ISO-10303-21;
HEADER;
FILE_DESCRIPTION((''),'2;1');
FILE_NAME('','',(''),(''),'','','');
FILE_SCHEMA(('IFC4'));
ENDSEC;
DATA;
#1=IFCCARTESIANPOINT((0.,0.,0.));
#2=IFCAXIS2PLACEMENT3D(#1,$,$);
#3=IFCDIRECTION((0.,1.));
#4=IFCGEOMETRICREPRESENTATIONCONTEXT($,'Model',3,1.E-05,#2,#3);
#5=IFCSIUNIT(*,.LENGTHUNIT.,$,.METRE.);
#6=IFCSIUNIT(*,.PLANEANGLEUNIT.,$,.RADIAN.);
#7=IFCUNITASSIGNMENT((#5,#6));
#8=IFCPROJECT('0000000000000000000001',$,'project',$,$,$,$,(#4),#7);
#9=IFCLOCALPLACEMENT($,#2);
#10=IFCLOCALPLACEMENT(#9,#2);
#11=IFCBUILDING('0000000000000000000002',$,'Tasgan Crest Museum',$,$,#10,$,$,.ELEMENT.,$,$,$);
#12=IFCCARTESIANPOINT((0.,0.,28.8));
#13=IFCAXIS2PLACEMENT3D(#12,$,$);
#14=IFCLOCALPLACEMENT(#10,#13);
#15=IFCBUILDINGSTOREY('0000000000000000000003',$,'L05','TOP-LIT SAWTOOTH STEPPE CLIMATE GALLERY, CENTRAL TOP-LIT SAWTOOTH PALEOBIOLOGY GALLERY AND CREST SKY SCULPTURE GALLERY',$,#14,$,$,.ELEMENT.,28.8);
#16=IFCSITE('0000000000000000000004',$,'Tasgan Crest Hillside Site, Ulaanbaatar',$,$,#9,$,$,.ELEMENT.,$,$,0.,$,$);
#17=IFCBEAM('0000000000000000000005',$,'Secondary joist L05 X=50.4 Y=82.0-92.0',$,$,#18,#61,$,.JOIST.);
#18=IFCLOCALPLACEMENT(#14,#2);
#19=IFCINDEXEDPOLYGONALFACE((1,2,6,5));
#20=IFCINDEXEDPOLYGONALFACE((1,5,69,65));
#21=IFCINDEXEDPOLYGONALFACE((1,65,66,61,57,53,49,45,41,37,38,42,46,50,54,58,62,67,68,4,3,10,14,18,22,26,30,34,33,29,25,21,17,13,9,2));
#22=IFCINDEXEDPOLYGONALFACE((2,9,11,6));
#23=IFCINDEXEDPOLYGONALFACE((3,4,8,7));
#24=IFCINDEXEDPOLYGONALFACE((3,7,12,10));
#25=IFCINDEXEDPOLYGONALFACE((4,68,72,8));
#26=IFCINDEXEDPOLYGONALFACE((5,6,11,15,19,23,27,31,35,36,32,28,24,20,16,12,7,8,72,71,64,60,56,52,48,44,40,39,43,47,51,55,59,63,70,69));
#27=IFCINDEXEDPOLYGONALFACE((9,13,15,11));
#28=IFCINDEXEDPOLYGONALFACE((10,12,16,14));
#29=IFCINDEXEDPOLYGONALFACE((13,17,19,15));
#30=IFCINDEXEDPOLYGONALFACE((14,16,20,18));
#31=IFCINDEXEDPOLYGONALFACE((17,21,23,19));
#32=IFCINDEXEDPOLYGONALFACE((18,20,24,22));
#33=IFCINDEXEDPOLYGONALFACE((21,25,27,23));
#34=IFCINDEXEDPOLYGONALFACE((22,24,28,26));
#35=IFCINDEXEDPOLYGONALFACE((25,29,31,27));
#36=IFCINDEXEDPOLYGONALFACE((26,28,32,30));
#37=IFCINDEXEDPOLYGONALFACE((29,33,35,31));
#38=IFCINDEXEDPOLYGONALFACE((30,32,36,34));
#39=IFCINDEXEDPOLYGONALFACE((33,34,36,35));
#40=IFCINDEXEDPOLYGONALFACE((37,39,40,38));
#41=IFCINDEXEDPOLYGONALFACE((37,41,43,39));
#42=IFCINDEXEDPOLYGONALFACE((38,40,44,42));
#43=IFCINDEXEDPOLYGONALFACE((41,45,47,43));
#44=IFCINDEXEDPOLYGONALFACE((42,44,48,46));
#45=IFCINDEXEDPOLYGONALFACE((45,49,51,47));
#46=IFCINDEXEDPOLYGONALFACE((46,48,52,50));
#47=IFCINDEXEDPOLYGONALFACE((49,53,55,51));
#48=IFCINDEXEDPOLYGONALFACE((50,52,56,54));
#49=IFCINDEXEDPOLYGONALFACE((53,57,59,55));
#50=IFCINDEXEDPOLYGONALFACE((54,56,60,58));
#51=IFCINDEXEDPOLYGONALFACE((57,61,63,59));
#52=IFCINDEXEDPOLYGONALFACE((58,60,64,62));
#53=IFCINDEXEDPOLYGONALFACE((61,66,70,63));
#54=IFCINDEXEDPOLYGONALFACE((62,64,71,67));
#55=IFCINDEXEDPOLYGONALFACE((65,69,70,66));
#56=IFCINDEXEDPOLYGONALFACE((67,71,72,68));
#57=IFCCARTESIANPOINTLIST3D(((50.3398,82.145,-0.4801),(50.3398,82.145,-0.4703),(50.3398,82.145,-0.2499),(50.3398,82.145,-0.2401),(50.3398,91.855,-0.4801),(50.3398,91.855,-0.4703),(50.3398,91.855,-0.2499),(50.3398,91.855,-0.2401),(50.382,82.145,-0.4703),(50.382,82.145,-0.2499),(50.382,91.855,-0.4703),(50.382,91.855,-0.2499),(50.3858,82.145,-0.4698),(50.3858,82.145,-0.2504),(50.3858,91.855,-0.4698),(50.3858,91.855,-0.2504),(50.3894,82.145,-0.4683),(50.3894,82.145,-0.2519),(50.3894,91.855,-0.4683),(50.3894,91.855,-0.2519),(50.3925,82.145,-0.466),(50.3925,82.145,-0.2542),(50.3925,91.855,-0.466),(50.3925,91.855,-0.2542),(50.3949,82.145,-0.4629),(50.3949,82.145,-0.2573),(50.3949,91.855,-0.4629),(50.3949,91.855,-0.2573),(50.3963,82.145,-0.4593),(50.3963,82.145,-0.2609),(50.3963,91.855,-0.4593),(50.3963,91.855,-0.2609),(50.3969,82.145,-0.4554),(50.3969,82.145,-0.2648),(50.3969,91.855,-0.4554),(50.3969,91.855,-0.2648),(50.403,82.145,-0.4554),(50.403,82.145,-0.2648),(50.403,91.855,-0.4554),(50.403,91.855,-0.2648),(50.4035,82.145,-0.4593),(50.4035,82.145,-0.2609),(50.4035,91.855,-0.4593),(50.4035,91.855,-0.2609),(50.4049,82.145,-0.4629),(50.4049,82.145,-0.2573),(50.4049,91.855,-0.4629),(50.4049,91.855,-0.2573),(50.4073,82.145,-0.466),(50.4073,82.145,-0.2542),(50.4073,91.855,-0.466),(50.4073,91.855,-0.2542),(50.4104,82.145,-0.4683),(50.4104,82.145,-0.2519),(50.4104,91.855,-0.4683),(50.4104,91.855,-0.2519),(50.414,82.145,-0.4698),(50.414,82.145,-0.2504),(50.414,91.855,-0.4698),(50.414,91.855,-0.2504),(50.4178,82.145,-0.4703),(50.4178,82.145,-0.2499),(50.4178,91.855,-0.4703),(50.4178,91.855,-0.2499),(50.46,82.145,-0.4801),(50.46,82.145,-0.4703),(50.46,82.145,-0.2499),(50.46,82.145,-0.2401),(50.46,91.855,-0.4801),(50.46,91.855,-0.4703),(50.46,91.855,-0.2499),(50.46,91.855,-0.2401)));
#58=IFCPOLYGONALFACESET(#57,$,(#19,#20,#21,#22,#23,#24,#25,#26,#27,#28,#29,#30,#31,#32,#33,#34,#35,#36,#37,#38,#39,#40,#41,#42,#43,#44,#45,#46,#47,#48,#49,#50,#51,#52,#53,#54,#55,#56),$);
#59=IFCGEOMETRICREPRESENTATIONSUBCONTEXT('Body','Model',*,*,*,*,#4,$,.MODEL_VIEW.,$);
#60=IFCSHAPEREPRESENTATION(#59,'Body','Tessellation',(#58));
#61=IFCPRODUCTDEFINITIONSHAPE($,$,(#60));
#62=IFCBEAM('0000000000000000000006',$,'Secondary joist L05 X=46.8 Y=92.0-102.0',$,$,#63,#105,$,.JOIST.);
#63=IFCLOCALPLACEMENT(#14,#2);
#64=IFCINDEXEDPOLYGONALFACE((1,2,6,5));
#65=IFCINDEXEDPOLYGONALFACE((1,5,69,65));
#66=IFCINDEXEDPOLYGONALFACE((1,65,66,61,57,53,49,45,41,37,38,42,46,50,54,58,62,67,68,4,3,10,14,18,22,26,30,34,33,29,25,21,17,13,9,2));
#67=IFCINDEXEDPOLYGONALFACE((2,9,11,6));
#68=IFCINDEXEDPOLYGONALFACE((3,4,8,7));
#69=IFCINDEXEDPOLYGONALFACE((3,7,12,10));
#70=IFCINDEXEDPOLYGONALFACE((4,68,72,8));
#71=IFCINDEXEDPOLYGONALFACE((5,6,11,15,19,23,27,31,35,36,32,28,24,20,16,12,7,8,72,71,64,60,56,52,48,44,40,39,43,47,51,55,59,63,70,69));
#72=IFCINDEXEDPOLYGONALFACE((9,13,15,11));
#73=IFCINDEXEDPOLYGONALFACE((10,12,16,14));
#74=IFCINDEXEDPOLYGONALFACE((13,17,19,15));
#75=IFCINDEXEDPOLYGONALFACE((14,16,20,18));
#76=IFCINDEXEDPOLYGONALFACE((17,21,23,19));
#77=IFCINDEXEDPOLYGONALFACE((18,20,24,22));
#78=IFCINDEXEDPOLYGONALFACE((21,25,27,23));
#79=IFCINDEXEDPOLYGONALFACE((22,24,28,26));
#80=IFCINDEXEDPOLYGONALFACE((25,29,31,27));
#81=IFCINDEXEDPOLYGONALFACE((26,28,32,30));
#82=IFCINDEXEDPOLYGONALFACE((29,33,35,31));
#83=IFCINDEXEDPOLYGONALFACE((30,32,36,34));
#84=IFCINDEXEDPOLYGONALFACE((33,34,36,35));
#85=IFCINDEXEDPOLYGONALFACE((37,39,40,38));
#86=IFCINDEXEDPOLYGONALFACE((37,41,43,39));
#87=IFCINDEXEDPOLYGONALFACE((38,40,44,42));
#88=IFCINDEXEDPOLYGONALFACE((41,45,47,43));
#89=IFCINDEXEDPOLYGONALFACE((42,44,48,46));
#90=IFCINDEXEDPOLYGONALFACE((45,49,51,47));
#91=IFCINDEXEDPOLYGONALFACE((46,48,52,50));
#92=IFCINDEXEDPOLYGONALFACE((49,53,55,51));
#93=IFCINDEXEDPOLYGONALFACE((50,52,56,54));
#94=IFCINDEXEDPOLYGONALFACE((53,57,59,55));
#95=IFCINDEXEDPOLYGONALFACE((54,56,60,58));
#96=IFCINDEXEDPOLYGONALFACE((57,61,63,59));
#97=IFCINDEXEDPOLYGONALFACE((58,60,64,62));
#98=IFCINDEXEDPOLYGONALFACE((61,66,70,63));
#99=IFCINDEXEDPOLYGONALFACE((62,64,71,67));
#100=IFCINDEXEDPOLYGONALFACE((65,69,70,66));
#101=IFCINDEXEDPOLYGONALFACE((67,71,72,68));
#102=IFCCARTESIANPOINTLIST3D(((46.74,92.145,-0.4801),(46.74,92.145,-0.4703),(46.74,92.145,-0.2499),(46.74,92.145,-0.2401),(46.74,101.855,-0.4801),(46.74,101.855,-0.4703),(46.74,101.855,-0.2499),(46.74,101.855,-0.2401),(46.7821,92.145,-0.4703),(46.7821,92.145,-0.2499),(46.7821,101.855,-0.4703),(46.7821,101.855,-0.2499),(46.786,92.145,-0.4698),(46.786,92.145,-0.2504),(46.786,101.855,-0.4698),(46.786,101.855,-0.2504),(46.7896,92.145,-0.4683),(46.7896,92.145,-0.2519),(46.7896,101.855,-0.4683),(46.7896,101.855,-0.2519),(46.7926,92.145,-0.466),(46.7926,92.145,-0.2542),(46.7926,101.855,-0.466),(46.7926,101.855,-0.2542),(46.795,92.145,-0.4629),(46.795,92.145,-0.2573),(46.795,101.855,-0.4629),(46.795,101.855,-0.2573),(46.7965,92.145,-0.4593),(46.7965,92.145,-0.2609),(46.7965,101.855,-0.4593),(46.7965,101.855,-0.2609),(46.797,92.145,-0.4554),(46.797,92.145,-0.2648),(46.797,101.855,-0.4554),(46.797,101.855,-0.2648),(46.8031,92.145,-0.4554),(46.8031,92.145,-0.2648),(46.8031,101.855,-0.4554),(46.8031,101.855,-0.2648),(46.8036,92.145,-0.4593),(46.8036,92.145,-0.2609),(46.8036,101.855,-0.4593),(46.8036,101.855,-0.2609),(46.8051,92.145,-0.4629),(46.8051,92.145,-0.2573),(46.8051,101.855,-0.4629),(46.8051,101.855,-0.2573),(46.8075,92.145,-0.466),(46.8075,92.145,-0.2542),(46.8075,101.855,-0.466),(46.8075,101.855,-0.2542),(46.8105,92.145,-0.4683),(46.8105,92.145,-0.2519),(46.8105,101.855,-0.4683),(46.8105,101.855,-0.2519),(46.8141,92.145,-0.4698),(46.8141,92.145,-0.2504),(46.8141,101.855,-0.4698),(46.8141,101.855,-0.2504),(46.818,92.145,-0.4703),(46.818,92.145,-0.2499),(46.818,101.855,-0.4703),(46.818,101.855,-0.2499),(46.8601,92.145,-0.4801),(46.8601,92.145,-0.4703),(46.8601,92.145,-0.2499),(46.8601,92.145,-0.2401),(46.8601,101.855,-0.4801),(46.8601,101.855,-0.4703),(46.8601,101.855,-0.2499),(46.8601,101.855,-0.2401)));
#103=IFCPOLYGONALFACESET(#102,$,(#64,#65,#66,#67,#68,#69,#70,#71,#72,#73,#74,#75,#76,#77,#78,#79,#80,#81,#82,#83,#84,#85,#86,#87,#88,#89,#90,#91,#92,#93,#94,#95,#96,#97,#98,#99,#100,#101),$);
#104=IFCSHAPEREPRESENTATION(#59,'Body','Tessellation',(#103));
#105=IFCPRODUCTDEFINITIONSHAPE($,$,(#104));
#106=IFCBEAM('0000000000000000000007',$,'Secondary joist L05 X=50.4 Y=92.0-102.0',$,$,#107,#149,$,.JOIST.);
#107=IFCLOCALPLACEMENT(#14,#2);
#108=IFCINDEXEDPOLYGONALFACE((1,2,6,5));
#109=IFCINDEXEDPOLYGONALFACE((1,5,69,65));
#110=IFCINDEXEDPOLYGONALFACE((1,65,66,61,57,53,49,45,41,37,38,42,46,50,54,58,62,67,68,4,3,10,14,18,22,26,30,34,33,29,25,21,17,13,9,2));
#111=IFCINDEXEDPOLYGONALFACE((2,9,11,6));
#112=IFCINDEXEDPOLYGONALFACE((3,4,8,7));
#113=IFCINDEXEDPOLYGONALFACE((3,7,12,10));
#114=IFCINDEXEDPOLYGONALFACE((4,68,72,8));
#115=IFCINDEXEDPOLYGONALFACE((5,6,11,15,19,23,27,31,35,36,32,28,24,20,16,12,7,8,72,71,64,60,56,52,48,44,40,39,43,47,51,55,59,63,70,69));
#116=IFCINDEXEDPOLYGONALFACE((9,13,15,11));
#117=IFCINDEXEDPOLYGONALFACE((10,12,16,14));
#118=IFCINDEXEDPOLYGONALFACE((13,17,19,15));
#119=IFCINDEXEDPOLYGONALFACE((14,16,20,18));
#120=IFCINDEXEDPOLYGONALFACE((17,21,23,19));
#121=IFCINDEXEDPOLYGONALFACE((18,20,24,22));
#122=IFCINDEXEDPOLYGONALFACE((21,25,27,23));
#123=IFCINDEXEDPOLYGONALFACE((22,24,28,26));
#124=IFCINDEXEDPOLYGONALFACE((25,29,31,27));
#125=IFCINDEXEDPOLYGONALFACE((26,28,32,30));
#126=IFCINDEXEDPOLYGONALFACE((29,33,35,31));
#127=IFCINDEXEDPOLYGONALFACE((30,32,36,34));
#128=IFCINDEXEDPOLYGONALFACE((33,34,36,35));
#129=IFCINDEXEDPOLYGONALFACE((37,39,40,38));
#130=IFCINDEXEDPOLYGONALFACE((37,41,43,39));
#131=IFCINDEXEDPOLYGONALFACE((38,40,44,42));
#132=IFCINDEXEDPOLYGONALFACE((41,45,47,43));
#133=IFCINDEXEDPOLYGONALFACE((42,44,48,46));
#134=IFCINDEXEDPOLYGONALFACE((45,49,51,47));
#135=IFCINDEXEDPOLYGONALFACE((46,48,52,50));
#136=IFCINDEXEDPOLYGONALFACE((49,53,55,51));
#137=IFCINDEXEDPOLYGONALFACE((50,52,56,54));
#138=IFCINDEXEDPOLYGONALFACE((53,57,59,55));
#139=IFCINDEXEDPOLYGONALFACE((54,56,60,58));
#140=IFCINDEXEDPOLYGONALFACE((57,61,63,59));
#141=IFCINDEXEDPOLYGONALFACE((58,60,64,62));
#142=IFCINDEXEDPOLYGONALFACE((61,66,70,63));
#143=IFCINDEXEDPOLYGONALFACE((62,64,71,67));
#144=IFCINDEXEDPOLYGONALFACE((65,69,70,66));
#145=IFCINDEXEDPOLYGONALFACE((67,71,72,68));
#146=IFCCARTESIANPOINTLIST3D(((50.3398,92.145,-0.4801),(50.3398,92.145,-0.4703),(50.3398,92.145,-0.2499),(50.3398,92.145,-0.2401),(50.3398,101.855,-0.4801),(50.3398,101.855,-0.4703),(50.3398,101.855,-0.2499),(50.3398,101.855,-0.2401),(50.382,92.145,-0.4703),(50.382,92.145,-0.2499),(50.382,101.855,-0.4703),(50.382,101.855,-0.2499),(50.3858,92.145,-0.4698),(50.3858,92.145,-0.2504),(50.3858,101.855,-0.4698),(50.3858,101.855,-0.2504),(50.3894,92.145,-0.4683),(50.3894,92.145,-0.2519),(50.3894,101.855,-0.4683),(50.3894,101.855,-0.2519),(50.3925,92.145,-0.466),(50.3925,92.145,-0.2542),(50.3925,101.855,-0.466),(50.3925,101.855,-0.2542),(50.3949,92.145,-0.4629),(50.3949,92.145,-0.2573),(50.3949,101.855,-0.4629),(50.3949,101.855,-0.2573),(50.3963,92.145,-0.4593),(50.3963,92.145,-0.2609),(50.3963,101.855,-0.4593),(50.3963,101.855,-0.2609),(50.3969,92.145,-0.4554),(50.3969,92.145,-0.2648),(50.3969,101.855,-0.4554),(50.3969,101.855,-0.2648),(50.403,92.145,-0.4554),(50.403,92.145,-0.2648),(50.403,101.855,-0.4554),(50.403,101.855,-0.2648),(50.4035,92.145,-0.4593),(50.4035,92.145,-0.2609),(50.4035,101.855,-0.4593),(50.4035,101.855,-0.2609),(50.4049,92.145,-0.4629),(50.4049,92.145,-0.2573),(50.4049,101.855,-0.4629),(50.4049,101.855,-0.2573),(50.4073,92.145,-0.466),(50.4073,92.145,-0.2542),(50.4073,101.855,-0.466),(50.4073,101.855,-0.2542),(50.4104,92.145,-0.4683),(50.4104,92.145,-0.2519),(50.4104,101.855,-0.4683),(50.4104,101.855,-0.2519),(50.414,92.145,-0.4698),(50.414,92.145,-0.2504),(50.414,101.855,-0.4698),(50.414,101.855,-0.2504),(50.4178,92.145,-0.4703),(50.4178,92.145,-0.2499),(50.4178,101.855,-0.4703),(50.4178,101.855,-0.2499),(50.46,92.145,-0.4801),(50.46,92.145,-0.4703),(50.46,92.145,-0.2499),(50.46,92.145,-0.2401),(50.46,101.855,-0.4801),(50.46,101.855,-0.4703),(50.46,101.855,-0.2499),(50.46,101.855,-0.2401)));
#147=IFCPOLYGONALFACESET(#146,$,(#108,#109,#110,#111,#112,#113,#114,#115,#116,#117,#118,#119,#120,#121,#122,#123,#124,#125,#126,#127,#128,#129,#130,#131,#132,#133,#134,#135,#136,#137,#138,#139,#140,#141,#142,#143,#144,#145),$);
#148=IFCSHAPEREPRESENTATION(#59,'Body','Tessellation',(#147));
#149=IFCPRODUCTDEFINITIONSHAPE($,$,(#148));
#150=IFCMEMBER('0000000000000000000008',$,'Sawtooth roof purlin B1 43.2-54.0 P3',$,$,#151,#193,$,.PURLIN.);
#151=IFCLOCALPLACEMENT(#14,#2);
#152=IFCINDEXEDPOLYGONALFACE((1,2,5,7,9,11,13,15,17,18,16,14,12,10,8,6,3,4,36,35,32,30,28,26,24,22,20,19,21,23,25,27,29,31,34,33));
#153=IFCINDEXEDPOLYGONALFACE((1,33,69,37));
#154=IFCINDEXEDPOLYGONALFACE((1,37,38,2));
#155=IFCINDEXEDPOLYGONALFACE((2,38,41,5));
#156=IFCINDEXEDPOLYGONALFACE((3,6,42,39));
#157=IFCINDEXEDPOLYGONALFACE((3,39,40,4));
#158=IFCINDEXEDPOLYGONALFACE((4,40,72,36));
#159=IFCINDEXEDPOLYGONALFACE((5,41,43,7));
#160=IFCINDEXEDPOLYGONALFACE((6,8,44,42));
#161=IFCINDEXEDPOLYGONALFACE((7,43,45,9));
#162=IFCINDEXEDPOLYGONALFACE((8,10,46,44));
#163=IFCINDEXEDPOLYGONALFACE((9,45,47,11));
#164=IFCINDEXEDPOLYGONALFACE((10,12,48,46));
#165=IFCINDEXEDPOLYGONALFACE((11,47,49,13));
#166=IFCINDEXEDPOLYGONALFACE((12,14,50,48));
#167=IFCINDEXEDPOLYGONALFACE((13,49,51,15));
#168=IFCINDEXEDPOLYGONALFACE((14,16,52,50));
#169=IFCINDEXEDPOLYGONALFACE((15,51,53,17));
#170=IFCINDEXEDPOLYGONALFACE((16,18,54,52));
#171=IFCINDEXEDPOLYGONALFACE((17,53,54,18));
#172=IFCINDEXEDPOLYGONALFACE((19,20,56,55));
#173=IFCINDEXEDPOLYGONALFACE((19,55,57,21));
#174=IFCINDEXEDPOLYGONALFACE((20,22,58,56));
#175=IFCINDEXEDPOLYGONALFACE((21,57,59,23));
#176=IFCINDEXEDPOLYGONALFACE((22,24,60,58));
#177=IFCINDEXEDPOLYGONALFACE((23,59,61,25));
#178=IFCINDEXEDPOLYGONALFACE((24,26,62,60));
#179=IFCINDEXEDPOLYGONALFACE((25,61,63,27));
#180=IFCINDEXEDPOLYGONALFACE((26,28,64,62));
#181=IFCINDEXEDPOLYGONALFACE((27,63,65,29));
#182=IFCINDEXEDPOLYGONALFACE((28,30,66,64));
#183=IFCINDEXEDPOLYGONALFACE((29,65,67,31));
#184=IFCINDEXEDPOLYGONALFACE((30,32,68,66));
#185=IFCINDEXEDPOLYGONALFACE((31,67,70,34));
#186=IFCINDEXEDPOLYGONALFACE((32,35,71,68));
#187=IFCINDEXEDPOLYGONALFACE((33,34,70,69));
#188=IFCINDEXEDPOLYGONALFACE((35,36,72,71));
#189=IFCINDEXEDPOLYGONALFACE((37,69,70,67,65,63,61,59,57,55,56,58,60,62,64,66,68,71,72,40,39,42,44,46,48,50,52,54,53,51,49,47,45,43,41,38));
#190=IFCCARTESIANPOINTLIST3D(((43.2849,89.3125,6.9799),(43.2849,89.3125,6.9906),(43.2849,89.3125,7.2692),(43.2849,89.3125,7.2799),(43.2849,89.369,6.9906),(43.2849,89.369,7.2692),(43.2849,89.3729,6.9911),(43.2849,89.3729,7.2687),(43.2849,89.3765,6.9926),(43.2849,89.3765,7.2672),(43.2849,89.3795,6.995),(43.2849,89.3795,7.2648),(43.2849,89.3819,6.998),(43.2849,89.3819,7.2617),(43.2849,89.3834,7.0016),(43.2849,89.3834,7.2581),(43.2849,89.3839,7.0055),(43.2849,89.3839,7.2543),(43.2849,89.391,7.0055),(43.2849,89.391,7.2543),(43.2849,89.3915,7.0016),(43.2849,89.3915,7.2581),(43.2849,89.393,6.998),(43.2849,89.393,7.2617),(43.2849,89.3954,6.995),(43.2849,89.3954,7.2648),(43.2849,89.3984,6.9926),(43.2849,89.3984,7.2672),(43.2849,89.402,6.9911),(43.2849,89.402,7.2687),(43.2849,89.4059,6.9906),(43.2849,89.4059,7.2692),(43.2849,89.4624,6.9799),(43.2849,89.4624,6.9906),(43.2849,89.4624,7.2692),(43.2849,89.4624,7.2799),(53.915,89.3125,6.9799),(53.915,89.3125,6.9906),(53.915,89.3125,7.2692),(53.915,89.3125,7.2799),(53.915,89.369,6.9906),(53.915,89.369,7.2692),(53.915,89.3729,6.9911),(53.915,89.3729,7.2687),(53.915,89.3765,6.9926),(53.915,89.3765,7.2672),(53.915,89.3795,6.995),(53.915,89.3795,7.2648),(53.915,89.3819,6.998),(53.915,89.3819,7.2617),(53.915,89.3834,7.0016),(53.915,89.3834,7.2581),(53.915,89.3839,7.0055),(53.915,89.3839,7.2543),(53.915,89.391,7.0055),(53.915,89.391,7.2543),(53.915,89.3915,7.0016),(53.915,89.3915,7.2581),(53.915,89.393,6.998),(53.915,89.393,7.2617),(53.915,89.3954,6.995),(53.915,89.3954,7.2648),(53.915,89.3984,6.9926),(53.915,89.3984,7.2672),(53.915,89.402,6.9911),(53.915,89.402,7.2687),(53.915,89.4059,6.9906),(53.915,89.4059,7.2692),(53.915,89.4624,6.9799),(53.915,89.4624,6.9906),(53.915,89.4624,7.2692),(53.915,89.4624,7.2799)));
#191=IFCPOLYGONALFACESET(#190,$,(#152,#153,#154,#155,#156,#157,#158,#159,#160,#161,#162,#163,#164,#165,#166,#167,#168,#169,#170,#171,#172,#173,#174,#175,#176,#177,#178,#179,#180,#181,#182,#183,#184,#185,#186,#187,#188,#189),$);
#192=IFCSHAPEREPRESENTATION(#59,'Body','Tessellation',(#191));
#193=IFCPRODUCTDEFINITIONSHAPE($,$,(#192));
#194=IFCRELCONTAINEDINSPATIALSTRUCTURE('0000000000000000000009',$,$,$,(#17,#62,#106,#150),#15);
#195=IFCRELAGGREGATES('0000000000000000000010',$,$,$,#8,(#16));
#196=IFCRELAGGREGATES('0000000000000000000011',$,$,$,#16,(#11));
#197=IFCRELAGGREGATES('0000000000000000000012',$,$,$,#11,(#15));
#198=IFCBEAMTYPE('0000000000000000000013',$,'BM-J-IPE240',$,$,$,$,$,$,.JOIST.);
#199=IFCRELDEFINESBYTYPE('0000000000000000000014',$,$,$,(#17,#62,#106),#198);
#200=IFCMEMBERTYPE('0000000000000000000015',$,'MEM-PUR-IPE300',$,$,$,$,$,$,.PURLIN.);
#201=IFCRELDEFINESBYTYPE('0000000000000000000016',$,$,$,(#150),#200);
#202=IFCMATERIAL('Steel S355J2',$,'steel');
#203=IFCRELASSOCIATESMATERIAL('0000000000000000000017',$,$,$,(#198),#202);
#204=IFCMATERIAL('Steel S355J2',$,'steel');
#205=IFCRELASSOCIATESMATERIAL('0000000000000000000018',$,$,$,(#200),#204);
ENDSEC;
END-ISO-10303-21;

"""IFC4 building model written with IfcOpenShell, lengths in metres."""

from ifc_helpers import new_model, si_unit, direction, frame, origin, origin_2d, place, context, subcontext, project, spatial, i_section, extrude, material, material_profile, profile_set, type_object, element, save


model = new_model("IFC4")

# Units and contexts
model_context = context("Model", 3, precision=1e-05, world=origin(), true_north=direction((0.0, 1.0)))
body_context = subcontext(model_context, "Body", "Model", "MODEL_VIEW")
ifc_project = project(units=[si_unit("LENGTHUNIT", "METRE"), si_unit("PLANEANGLEUNIT", "RADIAN")], contexts=[model_context])

# Site, building, storey
site_placement = place(None, origin())
site = spatial("IfcSite", under=ifc_project, at=site_placement, Name="Tasgan Crest Hillside Site, Ulaanbaatar", CompositionType="ELEMENT", RefElevation=0.0)
building_placement = place(site_placement, origin())
building = spatial("IfcBuilding", under=site, at=building_placement, Name="Tasgan Crest Museum", CompositionType="ELEMENT")
storey_placement = place(building_placement, frame((0.0, 0.0, 28.8)))
storey = spatial("IfcBuildingStorey", under=building, at=storey_placement, Name="L05", Description="TOP-LIT SAWTOOTH STEPPE CLIMATE GALLERY, CENTRAL TOP-LIT SAWTOOTH PALEOBIOLOGY GALLERY AND CREST SKY SCULPTURE GALLERY", CompositionType="ELEMENT", Elevation=28.8)

# Beams
ifc_material_1 = material(Name="Steel S355J2", Category="steel")
ifc_material_profile_1 = material_profile(ifc_material_1, i_section(OverallWidth=0.1201, OverallDepth=0.24, WebThickness=0.0061, FlangeThickness=0.0098, FilletRadius=0.0149, at=origin_2d()), Name="IPE 240")
ifc_profile_set_1 = profile_set([ifc_material_profile_1], Name="Steel S355J2")
beam_type_1 = type_object("IfcBeamType", Name="BM-J-IPE240", PredefinedType="JOIST", material=ifc_profile_set_1)
for number, where, z_axis, x_axis, name in (
    (1, (50.3999, 82.145, -0.3601), (0.0, 1.0, 0.0), (-1.0, 0.0, 0.0), "Secondary joist L05 X=50.4 Y=82.0-92.0"),
    (2, (46.8, 92.145, -0.3601), (0.0, 1.0, 0.0), (-1.0, 0.0, 0.0), "Secondary joist L05 X=46.8 Y=92.0-102.0"),
    (3, (50.3999, 92.145, -0.3601), (0.0, 1.0, 0.0), (-1.0, 0.0, 0.0), "Secondary joist L05 X=50.4 Y=92.0-102.0"),
):
    element("IfcBeam", number, at=place(storey_placement, frame(where, z_axis=z_axis, x_axis=x_axis)), inside=storey, type_object=beam_type_1, Name=name, PredefinedType="JOIST", context=body_context, shape_type="SweptSolid", body=[
        extrude(i_section(OverallWidth=0.1201, OverallDepth=0.24, WebThickness=0.0061, FlangeThickness=0.0098, FilletRadius=0.0149, at=origin_2d()), origin(), (0.0, 0.0, 1.0), 9.71),
    ])

# Member
ifc_material_2 = material(Name="Steel S355J2", Category="steel")
ifc_material_profile_2 = material_profile(ifc_material_2, i_section(OverallWidth=0.1499, OverallDepth=0.3, WebThickness=0.0071, FlangeThickness=0.0107, FilletRadius=0.0149, at=origin_2d()), Name="IPE 300")
ifc_profile_set_2 = profile_set([ifc_material_profile_2], Name="Steel S355J2")
member_type_1 = type_object("IfcMemberType", Name="MEM-PUR-IPE300", PredefinedType="PURLIN", material=ifc_profile_set_2)
member_1_placement = place(storey_placement, frame((43.2849, 89.3875, 7.1299), z_axis=(1.0, 0.0, 0.0), x_axis=(0.0, 1.0, 0.0)))
element("IfcMember", 4, at=member_1_placement, inside=storey, type_object=member_type_1, Name="Sawtooth roof purlin B1 43.2-54.0 P3", PredefinedType="PURLIN", context=body_context, shape_type="SweptSolid", body=[
    extrude(i_section(OverallWidth=0.1499, OverallDepth=0.3, WebThickness=0.0071, FlangeThickness=0.0107, FilletRadius=0.0149, at=origin_2d()), origin(), (0.0, 0.0, 1.0), 10.6301),
])

save(model, "model.ifc")
